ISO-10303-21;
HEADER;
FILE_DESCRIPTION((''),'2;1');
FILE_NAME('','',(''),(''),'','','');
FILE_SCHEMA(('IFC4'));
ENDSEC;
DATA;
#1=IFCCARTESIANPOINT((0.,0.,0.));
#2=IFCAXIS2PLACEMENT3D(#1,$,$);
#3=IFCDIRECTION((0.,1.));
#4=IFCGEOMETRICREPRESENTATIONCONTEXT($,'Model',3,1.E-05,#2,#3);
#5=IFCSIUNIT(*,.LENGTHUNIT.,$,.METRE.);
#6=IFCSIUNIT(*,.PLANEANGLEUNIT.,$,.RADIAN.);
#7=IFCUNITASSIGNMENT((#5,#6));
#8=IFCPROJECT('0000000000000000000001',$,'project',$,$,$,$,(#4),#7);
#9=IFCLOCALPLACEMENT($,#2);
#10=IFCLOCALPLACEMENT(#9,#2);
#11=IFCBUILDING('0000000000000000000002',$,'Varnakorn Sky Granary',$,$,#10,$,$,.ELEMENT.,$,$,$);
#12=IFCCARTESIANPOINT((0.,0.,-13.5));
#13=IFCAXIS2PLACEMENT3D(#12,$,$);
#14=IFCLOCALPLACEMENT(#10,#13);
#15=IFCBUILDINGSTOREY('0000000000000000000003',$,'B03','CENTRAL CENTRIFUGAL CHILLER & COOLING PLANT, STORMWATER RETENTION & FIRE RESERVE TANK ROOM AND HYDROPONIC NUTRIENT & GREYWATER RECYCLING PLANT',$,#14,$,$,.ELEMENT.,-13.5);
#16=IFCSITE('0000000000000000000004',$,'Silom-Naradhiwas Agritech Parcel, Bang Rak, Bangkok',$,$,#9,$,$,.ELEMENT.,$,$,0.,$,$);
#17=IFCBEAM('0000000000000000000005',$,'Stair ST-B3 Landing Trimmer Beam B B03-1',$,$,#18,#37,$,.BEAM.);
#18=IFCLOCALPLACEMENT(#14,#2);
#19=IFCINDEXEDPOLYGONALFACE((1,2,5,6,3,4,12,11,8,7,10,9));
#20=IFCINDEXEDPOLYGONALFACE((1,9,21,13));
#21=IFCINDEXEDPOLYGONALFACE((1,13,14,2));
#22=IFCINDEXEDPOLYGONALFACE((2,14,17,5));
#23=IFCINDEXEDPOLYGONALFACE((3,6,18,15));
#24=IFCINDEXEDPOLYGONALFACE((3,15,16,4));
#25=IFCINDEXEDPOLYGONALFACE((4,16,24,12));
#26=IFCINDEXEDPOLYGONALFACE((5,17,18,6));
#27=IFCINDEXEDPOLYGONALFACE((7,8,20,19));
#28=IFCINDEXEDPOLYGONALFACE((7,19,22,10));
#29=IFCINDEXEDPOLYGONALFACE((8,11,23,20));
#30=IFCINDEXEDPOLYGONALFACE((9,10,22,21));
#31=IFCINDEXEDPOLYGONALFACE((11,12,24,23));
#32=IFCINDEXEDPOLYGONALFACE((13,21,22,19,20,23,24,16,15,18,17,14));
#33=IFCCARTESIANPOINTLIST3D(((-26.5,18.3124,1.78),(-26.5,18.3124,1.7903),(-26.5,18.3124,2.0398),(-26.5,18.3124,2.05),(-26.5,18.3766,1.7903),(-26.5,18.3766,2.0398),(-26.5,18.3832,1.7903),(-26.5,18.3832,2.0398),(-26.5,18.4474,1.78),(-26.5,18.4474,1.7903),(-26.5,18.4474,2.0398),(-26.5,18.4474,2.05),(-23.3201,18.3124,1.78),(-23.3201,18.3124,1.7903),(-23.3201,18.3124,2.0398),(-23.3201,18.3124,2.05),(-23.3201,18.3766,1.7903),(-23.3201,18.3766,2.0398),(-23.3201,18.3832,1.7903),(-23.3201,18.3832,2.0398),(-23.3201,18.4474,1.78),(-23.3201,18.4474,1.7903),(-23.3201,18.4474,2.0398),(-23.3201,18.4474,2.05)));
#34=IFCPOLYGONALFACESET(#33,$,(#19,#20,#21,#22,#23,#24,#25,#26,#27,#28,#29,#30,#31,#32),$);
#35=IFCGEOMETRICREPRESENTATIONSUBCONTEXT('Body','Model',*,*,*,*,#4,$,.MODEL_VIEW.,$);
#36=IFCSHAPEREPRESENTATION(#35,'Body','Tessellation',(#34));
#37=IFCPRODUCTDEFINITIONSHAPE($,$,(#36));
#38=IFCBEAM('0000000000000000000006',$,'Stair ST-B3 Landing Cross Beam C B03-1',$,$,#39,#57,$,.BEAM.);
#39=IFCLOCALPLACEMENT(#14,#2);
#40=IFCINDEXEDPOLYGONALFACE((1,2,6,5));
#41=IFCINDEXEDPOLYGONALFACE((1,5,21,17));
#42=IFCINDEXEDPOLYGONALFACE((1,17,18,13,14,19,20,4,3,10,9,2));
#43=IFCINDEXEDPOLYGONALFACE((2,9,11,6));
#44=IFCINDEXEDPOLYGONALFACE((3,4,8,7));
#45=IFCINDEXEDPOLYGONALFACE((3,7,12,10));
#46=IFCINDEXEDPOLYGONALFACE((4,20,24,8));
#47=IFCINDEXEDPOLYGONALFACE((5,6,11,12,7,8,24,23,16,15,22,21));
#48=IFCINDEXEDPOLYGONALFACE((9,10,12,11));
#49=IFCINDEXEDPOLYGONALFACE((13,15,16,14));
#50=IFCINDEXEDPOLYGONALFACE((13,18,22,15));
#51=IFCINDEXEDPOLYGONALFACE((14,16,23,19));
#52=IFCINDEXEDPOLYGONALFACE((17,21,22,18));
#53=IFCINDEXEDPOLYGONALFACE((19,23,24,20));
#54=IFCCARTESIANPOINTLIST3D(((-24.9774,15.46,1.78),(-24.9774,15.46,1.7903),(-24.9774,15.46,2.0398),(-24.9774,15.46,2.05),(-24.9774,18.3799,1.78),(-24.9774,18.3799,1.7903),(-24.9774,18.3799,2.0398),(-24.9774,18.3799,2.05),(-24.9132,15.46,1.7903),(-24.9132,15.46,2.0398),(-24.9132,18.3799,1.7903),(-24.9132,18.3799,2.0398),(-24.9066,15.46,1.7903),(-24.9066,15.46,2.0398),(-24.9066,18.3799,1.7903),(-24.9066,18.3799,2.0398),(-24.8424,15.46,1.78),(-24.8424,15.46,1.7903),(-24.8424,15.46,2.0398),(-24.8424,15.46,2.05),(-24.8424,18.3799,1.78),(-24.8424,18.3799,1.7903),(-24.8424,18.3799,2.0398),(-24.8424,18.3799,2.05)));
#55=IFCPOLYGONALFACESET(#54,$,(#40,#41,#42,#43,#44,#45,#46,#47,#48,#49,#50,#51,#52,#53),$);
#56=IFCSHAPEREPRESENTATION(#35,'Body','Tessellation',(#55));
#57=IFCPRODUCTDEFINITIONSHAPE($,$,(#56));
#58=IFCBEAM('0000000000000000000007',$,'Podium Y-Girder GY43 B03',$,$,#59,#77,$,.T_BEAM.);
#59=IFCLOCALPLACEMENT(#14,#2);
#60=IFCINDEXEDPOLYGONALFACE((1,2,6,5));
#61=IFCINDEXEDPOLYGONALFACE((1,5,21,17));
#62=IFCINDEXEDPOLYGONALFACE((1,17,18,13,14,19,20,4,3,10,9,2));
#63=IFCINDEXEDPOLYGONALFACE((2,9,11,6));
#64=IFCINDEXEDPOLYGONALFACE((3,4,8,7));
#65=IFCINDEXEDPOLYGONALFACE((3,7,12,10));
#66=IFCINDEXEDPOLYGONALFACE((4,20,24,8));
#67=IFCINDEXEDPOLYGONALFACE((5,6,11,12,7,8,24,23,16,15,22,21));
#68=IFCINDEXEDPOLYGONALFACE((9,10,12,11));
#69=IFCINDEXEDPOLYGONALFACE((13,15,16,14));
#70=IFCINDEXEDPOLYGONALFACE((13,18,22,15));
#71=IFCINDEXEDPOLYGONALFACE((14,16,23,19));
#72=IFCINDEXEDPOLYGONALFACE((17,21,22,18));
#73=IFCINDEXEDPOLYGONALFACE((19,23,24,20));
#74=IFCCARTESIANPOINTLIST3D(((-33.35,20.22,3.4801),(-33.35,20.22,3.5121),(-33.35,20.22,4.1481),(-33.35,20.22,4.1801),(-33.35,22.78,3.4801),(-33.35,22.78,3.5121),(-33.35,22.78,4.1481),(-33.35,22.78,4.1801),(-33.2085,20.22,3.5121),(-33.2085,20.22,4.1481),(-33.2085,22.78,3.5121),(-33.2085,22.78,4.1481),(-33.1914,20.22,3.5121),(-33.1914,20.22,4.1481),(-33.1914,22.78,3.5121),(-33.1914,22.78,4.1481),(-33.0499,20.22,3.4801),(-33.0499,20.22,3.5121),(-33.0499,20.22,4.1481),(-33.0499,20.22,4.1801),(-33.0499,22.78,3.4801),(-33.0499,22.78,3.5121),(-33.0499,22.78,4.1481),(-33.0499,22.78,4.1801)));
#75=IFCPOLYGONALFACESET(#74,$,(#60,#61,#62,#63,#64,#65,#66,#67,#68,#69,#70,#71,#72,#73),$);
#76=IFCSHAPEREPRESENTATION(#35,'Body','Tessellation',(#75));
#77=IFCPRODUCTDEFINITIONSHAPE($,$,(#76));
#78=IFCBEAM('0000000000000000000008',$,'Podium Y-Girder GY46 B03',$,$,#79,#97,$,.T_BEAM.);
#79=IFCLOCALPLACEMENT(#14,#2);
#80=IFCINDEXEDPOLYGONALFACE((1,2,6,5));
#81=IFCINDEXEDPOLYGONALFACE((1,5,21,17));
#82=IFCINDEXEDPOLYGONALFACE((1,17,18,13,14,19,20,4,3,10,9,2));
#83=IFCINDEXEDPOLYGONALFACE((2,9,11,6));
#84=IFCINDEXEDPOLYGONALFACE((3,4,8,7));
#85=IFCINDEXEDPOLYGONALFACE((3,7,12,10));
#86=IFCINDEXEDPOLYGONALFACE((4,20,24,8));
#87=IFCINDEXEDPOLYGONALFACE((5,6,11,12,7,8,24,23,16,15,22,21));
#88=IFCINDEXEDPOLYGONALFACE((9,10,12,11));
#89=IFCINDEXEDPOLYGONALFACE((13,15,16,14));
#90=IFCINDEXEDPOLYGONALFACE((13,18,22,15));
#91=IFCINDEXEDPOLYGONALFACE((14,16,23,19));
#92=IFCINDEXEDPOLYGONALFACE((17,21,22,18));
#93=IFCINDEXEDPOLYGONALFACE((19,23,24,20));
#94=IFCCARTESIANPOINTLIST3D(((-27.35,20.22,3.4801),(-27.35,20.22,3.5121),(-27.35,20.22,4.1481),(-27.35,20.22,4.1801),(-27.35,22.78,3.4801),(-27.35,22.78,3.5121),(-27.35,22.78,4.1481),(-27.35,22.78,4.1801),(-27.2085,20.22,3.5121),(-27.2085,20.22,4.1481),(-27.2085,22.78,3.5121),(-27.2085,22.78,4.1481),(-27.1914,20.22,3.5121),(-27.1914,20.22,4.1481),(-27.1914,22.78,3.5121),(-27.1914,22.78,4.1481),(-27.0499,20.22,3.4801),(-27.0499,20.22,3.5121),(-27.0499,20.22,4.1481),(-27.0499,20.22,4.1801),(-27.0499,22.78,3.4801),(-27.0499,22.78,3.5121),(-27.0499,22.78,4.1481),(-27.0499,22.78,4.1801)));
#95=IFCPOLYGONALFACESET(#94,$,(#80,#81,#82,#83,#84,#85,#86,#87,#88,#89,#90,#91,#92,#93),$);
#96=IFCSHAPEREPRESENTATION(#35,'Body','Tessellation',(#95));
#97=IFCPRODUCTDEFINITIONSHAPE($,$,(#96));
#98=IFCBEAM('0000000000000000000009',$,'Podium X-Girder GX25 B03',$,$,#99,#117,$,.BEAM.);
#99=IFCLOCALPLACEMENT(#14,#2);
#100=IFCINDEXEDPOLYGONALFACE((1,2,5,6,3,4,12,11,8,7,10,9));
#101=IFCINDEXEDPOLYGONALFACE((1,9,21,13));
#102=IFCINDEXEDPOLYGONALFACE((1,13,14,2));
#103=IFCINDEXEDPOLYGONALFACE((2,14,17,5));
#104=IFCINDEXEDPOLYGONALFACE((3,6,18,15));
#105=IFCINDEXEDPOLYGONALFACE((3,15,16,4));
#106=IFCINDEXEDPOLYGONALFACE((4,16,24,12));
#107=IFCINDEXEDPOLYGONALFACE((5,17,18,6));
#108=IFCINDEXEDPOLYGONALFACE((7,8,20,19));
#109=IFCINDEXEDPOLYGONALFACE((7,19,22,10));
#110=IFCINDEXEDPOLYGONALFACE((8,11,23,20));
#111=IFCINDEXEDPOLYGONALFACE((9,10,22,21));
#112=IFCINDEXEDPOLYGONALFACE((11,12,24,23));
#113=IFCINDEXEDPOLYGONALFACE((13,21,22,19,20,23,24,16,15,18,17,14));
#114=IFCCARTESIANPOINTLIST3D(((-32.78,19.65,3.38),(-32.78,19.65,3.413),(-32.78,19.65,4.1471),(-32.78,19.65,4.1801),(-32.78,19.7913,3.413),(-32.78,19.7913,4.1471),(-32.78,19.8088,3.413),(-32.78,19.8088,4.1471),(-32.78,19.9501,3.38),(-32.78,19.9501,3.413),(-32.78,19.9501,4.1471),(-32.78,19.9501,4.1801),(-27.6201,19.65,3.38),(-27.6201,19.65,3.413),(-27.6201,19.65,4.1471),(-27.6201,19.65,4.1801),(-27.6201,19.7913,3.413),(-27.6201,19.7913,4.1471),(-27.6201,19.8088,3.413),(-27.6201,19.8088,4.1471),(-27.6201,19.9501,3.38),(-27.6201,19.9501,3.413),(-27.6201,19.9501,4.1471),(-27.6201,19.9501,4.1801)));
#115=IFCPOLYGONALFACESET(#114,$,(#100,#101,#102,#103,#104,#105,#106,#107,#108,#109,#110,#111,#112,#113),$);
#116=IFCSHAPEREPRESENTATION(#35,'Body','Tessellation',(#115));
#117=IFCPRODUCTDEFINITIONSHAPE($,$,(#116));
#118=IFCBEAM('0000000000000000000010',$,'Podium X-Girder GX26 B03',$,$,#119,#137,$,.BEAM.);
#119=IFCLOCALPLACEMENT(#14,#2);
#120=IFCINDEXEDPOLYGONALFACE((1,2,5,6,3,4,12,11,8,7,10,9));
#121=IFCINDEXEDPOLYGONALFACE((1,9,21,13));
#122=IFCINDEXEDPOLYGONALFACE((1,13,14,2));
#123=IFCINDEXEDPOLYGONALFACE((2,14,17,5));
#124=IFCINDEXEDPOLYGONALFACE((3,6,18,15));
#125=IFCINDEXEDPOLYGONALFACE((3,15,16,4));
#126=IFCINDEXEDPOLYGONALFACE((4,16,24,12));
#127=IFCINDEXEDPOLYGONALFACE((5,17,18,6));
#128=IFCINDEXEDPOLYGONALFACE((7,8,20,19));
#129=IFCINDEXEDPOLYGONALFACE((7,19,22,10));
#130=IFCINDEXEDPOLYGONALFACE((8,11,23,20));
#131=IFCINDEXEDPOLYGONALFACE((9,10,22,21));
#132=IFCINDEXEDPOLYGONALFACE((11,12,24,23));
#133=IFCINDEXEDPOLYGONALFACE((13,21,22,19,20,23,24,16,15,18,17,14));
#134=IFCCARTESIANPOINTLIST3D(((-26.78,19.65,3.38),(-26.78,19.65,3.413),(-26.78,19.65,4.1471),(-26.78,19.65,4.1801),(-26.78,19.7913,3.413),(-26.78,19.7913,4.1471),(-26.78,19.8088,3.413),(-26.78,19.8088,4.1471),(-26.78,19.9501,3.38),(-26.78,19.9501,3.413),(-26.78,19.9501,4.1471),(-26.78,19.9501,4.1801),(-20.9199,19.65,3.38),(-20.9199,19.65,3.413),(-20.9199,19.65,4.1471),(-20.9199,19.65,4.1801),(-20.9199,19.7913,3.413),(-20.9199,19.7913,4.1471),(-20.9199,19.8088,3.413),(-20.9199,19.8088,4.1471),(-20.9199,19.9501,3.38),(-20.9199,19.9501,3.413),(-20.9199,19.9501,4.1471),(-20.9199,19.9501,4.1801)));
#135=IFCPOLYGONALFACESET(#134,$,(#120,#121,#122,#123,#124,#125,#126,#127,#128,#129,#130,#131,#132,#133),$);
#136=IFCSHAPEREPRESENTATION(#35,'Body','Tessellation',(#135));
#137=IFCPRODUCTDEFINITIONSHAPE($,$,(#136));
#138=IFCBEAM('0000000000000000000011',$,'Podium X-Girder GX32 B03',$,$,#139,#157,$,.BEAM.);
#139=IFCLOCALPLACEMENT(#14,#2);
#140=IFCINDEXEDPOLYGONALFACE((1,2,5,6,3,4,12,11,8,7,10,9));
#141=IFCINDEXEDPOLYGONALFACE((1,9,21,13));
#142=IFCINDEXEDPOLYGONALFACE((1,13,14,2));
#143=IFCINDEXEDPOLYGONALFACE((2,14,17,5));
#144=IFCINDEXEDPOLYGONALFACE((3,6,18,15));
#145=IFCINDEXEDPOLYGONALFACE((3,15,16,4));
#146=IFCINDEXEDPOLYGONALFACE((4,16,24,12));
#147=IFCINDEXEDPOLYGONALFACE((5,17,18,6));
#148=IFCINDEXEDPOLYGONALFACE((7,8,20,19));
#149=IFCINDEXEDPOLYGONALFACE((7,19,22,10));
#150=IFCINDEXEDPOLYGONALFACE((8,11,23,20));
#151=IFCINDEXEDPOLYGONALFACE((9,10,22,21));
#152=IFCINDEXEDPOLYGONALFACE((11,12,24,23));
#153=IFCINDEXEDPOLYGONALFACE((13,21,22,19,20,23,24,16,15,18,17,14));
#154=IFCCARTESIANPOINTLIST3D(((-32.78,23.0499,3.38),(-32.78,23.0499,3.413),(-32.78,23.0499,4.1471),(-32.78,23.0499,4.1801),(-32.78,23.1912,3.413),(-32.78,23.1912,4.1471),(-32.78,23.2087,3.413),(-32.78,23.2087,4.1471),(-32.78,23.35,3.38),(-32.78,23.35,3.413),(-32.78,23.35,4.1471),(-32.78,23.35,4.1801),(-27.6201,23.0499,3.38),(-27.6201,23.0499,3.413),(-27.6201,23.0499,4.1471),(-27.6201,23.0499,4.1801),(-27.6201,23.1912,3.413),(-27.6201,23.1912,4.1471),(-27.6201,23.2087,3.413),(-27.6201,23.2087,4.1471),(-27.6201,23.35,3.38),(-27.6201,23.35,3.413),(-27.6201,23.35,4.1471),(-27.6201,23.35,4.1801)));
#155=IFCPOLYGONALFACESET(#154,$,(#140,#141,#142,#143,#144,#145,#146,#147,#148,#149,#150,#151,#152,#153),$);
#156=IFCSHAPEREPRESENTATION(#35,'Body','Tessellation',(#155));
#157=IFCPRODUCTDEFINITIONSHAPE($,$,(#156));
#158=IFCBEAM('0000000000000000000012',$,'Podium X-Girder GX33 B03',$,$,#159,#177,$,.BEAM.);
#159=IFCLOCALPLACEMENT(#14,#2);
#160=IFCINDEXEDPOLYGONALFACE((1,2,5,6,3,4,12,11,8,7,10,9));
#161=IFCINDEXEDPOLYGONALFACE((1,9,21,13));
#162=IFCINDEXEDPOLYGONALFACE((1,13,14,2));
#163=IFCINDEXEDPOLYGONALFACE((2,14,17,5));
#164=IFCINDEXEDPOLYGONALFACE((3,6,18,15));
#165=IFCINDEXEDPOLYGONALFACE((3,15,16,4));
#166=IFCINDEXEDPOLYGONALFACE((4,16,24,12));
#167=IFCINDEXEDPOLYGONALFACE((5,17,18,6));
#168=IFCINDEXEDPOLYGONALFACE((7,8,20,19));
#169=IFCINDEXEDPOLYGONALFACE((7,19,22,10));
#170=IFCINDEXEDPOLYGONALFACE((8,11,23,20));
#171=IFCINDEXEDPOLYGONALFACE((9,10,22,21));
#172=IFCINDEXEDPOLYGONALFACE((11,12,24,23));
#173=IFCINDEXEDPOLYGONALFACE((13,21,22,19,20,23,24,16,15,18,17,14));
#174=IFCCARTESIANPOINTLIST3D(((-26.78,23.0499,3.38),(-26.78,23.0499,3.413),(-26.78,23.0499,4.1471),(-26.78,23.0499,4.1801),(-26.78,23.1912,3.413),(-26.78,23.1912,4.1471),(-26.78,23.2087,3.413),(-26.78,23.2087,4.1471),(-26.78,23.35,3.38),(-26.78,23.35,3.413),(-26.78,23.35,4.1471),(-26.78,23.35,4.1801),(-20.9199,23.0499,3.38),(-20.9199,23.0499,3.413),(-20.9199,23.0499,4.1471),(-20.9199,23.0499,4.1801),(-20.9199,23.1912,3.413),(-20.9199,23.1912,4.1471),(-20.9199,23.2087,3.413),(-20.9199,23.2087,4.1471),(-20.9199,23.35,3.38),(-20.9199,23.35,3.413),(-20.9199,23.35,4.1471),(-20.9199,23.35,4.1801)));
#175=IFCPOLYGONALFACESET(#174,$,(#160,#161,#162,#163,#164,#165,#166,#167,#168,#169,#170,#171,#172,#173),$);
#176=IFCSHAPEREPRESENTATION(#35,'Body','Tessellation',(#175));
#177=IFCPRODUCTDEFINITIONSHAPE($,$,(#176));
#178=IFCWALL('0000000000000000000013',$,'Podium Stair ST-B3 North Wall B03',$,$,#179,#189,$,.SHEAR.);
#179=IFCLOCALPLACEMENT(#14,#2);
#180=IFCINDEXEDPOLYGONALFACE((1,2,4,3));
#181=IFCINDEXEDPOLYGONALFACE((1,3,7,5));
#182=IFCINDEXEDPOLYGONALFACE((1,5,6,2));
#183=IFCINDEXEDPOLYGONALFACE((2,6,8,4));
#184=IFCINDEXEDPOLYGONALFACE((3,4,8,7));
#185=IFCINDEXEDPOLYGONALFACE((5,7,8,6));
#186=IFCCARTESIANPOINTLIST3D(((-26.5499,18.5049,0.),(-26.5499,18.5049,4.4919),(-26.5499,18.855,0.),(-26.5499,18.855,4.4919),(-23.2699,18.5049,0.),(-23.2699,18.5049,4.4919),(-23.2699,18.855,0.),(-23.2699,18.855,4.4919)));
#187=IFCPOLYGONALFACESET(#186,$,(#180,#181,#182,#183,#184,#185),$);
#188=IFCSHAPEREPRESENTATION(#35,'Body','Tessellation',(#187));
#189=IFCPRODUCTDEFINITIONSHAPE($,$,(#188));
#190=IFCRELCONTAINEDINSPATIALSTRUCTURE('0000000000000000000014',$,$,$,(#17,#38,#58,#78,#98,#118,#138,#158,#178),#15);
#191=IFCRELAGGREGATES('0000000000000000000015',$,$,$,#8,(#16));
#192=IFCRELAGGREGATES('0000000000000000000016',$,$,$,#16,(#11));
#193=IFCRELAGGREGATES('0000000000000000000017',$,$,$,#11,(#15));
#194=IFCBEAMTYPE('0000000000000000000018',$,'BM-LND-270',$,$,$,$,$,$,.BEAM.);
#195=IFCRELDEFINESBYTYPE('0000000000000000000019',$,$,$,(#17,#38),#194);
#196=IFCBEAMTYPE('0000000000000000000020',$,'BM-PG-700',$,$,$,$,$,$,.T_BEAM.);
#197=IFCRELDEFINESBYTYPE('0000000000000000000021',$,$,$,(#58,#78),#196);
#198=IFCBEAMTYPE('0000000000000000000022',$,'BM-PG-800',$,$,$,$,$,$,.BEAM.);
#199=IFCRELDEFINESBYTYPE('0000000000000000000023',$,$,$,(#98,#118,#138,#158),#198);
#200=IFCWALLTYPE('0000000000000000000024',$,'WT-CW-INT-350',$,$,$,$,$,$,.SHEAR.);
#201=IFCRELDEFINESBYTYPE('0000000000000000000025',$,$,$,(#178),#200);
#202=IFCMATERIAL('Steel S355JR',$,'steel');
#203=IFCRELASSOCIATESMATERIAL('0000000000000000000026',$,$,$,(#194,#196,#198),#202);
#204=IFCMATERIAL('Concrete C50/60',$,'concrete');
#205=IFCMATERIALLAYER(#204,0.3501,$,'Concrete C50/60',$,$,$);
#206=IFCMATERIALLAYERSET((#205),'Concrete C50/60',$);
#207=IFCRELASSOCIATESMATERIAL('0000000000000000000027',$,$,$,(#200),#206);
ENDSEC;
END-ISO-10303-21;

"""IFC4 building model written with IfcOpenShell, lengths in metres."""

from ifc_helpers import new_model, si_unit, direction, frame, frame_2d, origin, origin_2d, place, context, subcontext, project, spatial, rectangle, i_section, extrude, material, layer, layer_set, material_profile, profile_set, type_object, element, save


model = new_model("IFC4")

# Units and contexts
model_context = context("Model", 3, precision=1e-05, world=origin(), true_north=direction((0.0, 1.0)))
body_context = subcontext(model_context, "Body", "Model", "MODEL_VIEW")
ifc_project = project(units=[si_unit("LENGTHUNIT", "METRE"), si_unit("PLANEANGLEUNIT", "RADIAN")], contexts=[model_context])

# Site, building, storey
site_placement = place(None, origin())
site = spatial("IfcSite", under=ifc_project, at=site_placement, Name="Silom-Naradhiwas Agritech Parcel, Bang Rak, Bangkok", CompositionType="ELEMENT", RefElevation=0.0)
building_placement = place(site_placement, origin())
building = spatial("IfcBuilding", under=site, at=building_placement, Name="Varnakorn Sky Granary", CompositionType="ELEMENT")
storey_placement = place(building_placement, frame((0.0, 0.0, -13.5)))
storey = spatial("IfcBuildingStorey", under=building, at=storey_placement, Name="B03", Description="CENTRAL CENTRIFUGAL CHILLER & COOLING PLANT, STORMWATER RETENTION & FIRE RESERVE TANK ROOM AND HYDROPONIC NUTRIENT & GREYWATER RECYCLING PLANT", CompositionType="ELEMENT", Elevation=-13.5)

# Shared definitions
ifc_material_1 = material(Name="Concrete C50/60", Category="concrete")

# Beams
ifc_material_2 = material(Name="Steel S355JR", Category="steel")
ifc_material_profile_1 = material_profile(ifc_material_2, i_section(OverallWidth=0.135, OverallDepth=0.27, WebThickness=0.0066, FlangeThickness=0.0103, at=origin_2d()), Name="IPE 270")
ifc_profile_set_1 = profile_set([ifc_material_profile_1], Name="Steel S355JR")
beam_type_1 = type_object("IfcBeamType", Name="BM-LND-270", PredefinedType="BEAM", material=ifc_profile_set_1)
for number, where, z_axis, x_axis, name in (
    (1, (-26.5, 18.3799, 1.915), (1.0, 0.0, 0.0), (0.0, 1.0, 0.0), "Stair ST-B3 Landing Trimmer Beam B B03-1"),
):
    element("IfcBeam", number, at=place(storey_placement, frame(where, z_axis=z_axis, x_axis=x_axis)), inside=storey, type_object=beam_type_1, Name=name, PredefinedType="BEAM", context=body_context, shape_type="SweptSolid", body=[
        extrude(i_section(OverallWidth=0.135, OverallDepth=0.27, WebThickness=0.0066, FlangeThickness=0.0103, at=origin_2d()), origin(), (0.0, 0.0, 1.0), 3.1799),
    ])
beam_1_placement = place(storey_placement, frame((-24.9099, 15.46, 1.915), z_axis=(0.0, 1.0, 0.0), x_axis=(-1.0, 0.0, 0.0)))
element("IfcBeam", 2, at=beam_1_placement, inside=storey, type_object=beam_type_1, Name="Stair ST-B3 Landing Cross Beam C B03-1", PredefinedType="BEAM", context=body_context, shape_type="SweptSolid", body=[
    extrude(i_section(OverallWidth=0.135, OverallDepth=0.27, WebThickness=0.0066, FlangeThickness=0.0103, at=origin_2d()), origin(), (0.0, 0.0, 1.0), 2.9199),
])
ifc_material_profile_2 = material_profile(ifc_material_2, i_section(OverallWidth=0.3, OverallDepth=0.7, WebThickness=0.0171, FlangeThickness=0.032, at=origin_2d()), Name="HE 700 B")
ifc_profile_set_2 = profile_set([ifc_material_profile_2], Name="Steel S355JR")
beam_type_2 = type_object("IfcBeamType", Name="BM-PG-700", PredefinedType="T_BEAM", material=ifc_profile_set_2)
for number, where, z_axis, x_axis, name in (
    (3, (-33.2, 20.22, 3.8301), (0.0, 1.0, 0.0), (-1.0, 0.0, 0.0), "Podium Y-Girder GY43 B03"),
    (4, (-27.2, 20.22, 3.8301), (0.0, 1.0, 0.0), (-1.0, 0.0, 0.0), "Podium Y-Girder GY46 B03"),
):
    element("IfcBeam", number, at=place(storey_placement, frame(where, z_axis=z_axis, x_axis=x_axis)), inside=storey, type_object=beam_type_2, Name=name, PredefinedType="T_BEAM", context=body_context, shape_type="SweptSolid", body=[
        extrude(i_section(OverallWidth=0.3, OverallDepth=0.7, WebThickness=0.0171, FlangeThickness=0.032, at=origin_2d()), origin(), (0.0, 0.0, 1.0), 2.5601),
    ])
ifc_material_profile_3 = material_profile(ifc_material_2, i_section(OverallWidth=0.3, OverallDepth=0.8, WebThickness=0.0176, FlangeThickness=0.033, at=origin_2d()), Name="HE 800 B")
ifc_profile_set_3 = profile_set([ifc_material_profile_3], Name="Steel S355JR")
beam_type_3 = type_object("IfcBeamType", Name="BM-PG-800", PredefinedType="BEAM", material=ifc_profile_set_3)
beam_2_placement = place(storey_placement, frame((-32.78, 19.8, 3.78), z_axis=(1.0, 0.0, 0.0), x_axis=(0.0, 1.0, 0.0)))
element("IfcBeam", 5, at=beam_2_placement, inside=storey, type_object=beam_type_3, Name="Podium X-Girder GX25 B03", PredefinedType="BEAM", context=body_context, shape_type="SweptSolid", body=[
    extrude(i_section(OverallWidth=0.3, OverallDepth=0.8, WebThickness=0.0176, FlangeThickness=0.033, at=origin_2d()), origin(), (0.0, 0.0, 1.0), 5.1599),
])
beam_3_placement = place(storey_placement, frame((-26.78, 19.8, 3.78), z_axis=(1.0, 0.0, 0.0), x_axis=(0.0, 1.0, 0.0)))
element("IfcBeam", 6, at=beam_3_placement, inside=storey, type_object=beam_type_3, Name="Podium X-Girder GX26 B03", PredefinedType="BEAM", context=body_context, shape_type="SweptSolid", body=[
    extrude(i_section(OverallWidth=0.3, OverallDepth=0.8, WebThickness=0.0176, FlangeThickness=0.033, at=origin_2d()), origin(), (0.0, 0.0, 1.0), 5.8601),
])
beam_4_placement = place(storey_placement, frame((-32.78, 23.2, 3.78), z_axis=(1.0, 0.0, 0.0), x_axis=(0.0, 1.0, 0.0)))
element("IfcBeam", 7, at=beam_4_placement, inside=storey, type_object=beam_type_3, Name="Podium X-Girder GX32 B03", PredefinedType="BEAM", context=body_context, shape_type="SweptSolid", body=[
    extrude(i_section(OverallWidth=0.3, OverallDepth=0.8, WebThickness=0.0176, FlangeThickness=0.033, at=origin_2d()), origin(), (0.0, 0.0, 1.0), 5.1599),
])
beam_5_placement = place(storey_placement, frame((-26.78, 23.2, 3.78), z_axis=(1.0, 0.0, 0.0), x_axis=(0.0, 1.0, 0.0)))
element("IfcBeam", 8, at=beam_5_placement, inside=storey, type_object=beam_type_3, Name="Podium X-Girder GX33 B03", PredefinedType="BEAM", context=body_context, shape_type="SweptSolid", body=[
    extrude(i_section(OverallWidth=0.3, OverallDepth=0.8, WebThickness=0.0176, FlangeThickness=0.033, at=origin_2d()), origin(), (0.0, 0.0, 1.0), 5.8601),
])

# Wall
ifc_layer_1 = layer(ifc_material_1, 0.3501, Name="Concrete C50/60")
ifc_layer_set_1 = layer_set([ifc_layer_1], Name="Concrete C50/60")
wall_type_1 = type_object("IfcWallType", Name="WT-CW-INT-350", PredefinedType="SHEAR", material=ifc_layer_set_1)
wall_1_placement = place(storey_placement, frame((-26.55, 18.6799, 0.0), z_axis=(0.0, 0.0, 1.0), x_axis=(1.0, 0.0, 0.0)))
element("IfcWall", 9, at=wall_1_placement, inside=storey, type_object=wall_type_1, Name="Podium Stair ST-B3 North Wall B03", PredefinedType="SHEAR", context=body_context, shape_type="SweptSolid", body=[
    extrude(rectangle(XDim=3.28, YDim=0.3501, at=frame_2d((1.6401, 0.0))), origin(), (0.0, 0.0, 1.0), 4.4919),
])

save(model, "model.ifc")
